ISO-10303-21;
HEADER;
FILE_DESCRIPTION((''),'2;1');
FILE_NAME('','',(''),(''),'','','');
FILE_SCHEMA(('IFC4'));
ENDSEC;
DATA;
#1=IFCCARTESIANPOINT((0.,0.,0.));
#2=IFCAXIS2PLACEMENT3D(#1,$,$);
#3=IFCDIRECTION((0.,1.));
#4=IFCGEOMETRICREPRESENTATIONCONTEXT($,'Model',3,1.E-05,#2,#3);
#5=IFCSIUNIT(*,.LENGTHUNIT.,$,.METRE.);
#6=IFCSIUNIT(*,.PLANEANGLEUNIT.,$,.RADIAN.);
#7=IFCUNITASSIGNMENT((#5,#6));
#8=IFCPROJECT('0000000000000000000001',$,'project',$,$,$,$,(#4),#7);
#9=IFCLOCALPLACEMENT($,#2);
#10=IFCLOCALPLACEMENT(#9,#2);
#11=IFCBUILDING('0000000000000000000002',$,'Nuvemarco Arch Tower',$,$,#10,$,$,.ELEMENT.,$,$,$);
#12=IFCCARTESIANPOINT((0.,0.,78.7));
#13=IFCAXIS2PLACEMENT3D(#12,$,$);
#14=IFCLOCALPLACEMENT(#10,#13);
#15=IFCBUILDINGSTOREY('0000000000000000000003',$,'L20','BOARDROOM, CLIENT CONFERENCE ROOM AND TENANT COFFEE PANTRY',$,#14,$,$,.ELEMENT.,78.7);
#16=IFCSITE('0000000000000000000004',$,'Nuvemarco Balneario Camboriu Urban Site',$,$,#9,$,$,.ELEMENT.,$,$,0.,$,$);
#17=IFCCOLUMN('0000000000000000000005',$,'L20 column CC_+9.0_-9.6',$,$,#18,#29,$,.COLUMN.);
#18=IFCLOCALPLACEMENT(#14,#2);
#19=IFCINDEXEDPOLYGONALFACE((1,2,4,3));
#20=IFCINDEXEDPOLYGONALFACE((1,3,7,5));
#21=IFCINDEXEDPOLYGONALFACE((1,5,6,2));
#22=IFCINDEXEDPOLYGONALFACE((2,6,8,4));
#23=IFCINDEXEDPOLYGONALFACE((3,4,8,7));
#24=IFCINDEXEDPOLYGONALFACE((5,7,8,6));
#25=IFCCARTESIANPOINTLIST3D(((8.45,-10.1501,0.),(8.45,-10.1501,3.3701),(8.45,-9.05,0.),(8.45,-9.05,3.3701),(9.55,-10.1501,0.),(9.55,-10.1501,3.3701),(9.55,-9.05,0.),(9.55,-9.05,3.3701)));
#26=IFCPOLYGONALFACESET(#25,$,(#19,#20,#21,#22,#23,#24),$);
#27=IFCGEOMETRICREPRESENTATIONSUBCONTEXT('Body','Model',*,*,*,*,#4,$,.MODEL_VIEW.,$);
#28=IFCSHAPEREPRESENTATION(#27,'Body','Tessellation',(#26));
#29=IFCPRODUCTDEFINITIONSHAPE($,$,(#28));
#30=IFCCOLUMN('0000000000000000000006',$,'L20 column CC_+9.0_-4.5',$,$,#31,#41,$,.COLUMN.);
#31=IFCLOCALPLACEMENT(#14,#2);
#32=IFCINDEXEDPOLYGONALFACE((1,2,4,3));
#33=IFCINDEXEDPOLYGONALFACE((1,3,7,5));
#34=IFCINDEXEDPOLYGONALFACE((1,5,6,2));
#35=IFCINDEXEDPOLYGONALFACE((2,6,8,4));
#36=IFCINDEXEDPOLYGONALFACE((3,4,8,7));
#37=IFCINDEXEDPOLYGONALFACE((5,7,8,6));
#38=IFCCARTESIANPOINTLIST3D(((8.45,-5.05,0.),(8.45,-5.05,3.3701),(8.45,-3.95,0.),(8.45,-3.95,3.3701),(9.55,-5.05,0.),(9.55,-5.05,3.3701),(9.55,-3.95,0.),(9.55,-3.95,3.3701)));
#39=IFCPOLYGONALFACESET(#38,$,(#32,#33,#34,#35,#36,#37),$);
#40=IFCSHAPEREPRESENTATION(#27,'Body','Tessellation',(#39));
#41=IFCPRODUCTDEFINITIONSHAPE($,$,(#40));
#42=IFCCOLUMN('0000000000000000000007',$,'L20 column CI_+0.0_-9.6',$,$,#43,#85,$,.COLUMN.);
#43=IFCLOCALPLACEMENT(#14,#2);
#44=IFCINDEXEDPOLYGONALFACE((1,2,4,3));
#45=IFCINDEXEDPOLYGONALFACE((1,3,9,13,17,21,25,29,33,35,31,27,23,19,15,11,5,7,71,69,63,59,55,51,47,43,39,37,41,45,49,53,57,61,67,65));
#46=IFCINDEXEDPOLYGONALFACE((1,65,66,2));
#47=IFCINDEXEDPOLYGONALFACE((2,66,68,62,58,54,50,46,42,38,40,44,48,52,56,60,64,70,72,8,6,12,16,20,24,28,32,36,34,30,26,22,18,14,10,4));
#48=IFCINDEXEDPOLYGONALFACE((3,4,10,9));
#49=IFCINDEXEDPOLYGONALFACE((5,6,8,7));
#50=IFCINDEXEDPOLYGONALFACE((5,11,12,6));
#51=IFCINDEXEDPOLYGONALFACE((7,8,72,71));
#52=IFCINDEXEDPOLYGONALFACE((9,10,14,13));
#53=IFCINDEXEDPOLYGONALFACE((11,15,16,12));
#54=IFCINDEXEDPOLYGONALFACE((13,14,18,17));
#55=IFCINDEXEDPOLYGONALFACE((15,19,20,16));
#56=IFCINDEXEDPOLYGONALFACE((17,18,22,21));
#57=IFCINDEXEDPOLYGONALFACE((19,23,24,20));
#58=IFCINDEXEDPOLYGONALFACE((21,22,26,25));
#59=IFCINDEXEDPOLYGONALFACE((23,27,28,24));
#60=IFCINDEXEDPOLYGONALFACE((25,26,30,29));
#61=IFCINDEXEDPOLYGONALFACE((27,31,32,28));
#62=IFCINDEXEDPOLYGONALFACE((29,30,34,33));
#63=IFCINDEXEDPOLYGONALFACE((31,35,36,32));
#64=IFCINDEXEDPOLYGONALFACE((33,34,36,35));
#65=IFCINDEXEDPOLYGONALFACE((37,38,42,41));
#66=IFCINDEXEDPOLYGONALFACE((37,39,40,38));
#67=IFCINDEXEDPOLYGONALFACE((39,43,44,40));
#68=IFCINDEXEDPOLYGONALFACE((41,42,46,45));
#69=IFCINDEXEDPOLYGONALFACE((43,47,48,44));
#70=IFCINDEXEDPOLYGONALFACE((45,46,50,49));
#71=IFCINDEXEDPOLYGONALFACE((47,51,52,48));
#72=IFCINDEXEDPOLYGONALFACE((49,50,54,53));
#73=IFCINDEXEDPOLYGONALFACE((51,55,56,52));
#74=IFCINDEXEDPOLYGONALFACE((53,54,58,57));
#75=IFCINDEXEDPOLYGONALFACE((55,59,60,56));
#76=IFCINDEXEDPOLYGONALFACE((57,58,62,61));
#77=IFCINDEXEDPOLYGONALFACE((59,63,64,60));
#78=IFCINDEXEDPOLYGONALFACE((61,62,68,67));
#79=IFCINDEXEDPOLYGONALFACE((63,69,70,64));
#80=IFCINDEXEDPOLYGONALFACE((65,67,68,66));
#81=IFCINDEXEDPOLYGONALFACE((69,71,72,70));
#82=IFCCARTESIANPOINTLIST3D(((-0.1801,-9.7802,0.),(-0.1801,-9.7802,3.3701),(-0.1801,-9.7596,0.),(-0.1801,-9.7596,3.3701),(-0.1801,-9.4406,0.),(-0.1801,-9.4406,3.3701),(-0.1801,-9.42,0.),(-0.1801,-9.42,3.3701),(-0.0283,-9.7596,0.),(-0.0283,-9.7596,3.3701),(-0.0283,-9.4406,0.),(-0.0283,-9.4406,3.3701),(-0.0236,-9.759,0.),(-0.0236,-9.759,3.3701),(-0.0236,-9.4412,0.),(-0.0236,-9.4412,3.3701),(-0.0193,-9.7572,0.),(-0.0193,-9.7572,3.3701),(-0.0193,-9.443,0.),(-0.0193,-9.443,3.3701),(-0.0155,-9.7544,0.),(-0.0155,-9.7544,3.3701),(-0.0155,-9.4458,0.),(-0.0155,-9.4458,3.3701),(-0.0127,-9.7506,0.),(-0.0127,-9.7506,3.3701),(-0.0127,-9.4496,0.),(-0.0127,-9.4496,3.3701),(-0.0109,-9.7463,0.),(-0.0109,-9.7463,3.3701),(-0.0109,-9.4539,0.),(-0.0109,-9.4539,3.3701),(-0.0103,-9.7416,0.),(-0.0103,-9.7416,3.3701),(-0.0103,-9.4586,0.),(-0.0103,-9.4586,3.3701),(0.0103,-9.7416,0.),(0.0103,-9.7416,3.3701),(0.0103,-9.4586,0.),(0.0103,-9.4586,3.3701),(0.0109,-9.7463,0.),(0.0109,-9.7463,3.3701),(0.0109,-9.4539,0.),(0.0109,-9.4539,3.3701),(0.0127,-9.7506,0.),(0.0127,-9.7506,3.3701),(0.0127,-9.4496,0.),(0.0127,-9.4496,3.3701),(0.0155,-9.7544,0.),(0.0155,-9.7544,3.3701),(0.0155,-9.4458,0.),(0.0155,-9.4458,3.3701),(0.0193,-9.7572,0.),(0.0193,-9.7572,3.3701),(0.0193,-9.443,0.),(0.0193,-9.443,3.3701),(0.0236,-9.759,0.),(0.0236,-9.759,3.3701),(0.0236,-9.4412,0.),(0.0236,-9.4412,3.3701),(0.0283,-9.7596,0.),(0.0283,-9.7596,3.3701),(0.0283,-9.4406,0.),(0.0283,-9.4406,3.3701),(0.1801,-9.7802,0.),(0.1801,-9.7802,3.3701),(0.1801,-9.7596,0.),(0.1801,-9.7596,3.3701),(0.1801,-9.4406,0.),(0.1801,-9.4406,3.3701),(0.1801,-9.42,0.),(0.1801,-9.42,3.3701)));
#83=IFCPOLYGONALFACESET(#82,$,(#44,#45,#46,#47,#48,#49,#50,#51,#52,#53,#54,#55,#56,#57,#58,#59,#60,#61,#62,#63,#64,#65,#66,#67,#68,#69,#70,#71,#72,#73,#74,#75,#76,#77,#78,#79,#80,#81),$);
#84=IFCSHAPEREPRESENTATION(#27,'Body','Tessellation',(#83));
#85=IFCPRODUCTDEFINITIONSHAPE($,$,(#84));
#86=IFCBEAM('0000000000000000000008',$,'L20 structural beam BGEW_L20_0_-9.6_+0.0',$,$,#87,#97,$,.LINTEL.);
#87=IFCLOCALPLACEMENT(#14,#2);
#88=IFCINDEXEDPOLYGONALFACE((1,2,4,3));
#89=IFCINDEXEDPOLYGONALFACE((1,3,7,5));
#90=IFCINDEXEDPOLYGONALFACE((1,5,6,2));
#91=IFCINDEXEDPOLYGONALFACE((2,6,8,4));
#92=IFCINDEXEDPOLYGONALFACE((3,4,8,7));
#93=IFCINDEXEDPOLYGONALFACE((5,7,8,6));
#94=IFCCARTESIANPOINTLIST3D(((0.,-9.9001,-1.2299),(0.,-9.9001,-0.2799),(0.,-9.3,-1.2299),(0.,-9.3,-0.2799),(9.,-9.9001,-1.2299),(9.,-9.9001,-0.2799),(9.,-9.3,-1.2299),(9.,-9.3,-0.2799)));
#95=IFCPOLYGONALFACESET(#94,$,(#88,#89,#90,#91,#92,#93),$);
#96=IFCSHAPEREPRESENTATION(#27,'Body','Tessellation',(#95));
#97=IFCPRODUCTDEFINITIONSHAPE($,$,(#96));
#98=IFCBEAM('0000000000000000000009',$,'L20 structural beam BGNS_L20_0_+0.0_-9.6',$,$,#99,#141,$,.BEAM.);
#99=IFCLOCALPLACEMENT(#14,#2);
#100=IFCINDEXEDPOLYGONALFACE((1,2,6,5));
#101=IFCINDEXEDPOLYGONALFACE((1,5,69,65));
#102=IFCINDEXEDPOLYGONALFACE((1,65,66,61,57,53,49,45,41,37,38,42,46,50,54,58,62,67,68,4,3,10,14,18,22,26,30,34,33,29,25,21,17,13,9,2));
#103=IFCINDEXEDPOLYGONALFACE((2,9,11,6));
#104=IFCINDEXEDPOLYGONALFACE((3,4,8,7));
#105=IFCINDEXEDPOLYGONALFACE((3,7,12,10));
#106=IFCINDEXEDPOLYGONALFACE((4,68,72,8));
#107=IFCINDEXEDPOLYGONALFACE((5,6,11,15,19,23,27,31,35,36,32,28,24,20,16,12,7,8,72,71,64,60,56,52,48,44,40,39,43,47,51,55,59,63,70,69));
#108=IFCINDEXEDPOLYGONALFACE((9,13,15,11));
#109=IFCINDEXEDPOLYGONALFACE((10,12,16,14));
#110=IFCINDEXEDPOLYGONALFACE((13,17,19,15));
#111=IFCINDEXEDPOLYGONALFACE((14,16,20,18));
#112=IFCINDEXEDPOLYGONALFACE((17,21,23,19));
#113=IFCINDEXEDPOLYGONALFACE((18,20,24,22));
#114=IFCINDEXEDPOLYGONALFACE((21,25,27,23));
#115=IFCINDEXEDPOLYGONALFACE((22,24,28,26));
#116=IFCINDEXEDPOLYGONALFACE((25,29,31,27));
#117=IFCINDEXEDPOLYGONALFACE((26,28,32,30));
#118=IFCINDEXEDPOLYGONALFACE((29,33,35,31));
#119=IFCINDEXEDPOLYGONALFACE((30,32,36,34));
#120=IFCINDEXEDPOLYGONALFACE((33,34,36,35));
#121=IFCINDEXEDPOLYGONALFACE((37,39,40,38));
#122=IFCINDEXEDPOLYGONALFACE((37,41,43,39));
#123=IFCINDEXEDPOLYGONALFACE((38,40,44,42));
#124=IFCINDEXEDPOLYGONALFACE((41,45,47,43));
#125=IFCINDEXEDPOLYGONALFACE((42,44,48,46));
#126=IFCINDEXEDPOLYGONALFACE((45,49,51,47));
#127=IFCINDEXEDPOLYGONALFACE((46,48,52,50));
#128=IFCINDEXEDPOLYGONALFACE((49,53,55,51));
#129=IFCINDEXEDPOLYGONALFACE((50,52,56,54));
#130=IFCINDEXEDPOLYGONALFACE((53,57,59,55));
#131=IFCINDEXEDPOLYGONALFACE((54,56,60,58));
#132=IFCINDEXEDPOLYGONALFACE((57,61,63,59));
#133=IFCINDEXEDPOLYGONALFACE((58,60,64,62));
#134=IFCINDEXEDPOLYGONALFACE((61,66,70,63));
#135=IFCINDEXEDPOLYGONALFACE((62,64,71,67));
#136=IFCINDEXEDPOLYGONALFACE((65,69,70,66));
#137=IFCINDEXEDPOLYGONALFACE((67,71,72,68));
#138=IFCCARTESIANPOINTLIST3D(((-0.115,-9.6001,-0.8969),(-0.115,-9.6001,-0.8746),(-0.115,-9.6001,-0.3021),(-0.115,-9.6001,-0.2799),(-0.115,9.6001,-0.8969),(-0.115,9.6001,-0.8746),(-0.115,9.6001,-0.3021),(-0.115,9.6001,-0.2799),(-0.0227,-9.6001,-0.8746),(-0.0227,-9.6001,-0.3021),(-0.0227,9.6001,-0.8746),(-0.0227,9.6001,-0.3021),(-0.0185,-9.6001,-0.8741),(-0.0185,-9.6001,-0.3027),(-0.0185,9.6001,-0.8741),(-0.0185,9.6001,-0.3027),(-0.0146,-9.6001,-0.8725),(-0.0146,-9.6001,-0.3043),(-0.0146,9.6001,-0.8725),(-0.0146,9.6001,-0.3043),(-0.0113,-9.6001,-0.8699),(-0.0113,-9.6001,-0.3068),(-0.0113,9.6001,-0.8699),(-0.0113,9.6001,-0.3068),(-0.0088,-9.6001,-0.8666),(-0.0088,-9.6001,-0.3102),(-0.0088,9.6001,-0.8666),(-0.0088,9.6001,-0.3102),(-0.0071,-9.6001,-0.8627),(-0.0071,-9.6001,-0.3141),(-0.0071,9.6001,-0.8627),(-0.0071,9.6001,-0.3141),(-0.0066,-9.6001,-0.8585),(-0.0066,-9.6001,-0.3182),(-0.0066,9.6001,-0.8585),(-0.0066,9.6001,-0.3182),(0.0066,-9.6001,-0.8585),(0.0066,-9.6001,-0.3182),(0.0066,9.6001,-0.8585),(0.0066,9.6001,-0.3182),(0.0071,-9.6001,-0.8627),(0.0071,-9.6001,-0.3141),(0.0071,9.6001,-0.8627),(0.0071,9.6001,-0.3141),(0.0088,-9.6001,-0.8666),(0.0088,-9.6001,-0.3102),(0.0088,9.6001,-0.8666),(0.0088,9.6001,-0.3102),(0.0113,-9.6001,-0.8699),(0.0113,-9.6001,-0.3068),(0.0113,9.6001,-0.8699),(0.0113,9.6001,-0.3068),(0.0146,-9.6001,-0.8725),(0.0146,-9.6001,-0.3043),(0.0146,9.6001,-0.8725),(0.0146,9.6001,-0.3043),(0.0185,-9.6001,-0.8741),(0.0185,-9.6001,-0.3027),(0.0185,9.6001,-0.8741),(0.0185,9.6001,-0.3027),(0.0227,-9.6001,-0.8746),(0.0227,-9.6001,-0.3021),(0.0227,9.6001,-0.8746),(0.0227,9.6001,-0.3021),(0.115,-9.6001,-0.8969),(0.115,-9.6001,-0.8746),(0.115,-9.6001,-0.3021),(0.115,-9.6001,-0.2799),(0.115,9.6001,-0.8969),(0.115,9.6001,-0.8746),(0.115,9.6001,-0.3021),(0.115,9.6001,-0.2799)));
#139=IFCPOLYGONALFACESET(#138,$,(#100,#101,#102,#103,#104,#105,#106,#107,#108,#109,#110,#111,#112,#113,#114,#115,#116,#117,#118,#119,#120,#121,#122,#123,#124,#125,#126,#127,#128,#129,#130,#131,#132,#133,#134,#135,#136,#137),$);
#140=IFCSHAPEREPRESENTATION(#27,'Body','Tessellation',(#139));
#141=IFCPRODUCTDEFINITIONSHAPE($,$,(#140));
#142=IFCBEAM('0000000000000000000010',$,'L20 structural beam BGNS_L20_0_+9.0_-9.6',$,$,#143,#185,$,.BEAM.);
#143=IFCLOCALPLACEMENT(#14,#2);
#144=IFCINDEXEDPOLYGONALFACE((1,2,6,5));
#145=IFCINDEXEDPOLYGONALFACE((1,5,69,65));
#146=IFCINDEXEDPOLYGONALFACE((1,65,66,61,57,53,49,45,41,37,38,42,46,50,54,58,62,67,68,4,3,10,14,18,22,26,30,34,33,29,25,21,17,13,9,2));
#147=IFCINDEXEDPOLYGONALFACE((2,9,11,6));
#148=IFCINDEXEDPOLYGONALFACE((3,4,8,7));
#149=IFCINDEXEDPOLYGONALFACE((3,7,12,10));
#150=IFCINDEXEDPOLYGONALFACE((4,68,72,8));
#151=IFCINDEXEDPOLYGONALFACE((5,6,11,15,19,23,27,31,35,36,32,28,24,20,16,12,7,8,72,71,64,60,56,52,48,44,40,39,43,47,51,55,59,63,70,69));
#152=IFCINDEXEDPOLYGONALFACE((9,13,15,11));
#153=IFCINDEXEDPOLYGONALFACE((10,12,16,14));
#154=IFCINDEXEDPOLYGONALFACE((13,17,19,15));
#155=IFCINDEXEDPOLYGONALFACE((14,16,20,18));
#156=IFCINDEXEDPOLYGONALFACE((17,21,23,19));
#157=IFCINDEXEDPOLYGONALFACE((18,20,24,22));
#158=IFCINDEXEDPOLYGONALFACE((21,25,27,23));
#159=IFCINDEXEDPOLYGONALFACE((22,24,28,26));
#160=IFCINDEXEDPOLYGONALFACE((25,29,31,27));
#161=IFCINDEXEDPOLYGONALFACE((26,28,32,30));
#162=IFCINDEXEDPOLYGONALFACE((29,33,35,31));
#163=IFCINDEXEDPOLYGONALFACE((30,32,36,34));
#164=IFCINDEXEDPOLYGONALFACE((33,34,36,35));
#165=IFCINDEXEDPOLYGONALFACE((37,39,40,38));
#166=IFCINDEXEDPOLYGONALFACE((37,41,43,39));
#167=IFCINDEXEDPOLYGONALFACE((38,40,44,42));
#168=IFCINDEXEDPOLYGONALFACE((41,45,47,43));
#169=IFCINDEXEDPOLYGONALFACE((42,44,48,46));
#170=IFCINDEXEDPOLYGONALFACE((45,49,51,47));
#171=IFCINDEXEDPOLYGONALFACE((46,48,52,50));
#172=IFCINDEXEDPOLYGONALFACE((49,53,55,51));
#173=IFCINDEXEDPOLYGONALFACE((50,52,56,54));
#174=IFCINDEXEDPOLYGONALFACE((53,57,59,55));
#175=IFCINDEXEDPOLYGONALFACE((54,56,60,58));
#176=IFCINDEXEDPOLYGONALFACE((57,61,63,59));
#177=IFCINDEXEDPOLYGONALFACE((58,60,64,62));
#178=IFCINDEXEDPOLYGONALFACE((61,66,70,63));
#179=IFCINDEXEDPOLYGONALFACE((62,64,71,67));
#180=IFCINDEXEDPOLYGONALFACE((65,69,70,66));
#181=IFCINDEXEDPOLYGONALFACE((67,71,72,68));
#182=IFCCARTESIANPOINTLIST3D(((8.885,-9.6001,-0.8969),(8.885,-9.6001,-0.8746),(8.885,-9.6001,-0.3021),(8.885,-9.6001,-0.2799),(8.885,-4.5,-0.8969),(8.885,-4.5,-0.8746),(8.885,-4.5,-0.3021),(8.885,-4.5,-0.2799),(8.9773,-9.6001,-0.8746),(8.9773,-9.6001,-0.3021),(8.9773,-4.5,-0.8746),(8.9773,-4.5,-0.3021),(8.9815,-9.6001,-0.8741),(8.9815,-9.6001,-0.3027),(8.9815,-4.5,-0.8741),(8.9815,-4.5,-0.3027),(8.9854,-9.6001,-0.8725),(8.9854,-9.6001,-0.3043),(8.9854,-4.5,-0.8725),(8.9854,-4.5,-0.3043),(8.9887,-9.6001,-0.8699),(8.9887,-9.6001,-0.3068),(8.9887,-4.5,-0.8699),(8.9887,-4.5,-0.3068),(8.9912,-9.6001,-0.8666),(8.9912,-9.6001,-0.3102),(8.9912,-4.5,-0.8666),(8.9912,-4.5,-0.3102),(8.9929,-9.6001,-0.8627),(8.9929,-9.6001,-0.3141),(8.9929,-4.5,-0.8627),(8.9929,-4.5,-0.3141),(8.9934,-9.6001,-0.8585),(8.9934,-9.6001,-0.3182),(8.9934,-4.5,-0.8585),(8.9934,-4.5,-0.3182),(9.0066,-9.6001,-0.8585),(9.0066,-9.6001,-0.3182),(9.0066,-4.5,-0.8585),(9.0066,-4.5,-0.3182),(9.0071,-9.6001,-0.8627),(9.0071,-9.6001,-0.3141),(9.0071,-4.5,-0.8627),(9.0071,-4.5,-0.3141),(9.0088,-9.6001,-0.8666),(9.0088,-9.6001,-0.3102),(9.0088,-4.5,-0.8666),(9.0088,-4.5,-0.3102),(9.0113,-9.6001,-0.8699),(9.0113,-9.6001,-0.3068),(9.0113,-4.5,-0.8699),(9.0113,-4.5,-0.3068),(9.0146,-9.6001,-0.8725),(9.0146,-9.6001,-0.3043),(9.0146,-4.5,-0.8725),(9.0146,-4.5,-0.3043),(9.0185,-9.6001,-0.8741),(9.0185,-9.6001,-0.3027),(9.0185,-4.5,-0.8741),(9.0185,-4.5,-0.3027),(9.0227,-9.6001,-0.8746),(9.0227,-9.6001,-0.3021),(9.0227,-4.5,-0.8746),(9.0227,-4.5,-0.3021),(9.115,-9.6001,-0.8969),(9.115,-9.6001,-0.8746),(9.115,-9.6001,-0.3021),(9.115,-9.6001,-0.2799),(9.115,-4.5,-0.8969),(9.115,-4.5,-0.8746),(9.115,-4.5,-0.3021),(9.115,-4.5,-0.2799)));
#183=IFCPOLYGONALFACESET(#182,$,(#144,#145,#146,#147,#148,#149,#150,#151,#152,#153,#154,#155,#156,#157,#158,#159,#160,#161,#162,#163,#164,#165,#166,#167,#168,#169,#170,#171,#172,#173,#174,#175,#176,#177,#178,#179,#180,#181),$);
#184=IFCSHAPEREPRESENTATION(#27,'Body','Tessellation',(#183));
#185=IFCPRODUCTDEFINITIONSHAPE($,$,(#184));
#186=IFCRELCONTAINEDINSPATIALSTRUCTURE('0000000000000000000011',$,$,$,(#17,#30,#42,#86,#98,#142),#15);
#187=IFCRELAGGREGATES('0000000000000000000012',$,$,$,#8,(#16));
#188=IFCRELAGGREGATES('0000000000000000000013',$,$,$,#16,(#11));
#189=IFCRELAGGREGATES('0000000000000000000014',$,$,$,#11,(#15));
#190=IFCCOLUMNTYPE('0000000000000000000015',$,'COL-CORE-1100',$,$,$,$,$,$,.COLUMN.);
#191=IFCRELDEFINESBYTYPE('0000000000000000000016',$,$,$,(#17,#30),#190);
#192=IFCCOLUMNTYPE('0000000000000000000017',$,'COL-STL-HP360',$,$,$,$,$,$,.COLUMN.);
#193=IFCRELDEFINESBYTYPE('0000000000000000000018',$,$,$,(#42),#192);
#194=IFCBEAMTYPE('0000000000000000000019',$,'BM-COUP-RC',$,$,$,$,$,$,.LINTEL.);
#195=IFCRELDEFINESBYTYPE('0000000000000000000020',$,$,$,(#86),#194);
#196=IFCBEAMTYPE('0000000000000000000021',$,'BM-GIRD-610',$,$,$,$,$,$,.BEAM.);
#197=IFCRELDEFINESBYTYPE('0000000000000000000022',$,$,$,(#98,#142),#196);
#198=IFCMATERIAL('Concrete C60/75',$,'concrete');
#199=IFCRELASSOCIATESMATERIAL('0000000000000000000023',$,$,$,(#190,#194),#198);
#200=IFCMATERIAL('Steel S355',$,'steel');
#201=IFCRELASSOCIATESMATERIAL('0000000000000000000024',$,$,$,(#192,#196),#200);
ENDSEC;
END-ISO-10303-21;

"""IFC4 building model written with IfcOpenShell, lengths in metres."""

from ifc_helpers import new_model, si_unit, direction, frame, origin, origin_2d, place, context, subcontext, project, spatial, rectangle, i_section, extrude, material, material_profile, profile_set, type_object, element, save


model = new_model("IFC4")

# Units and contexts
model_context = context("Model", 3, precision=1e-05, world=origin(), true_north=direction((0.0, 1.0)))
body_context = subcontext(model_context, "Body", "Model", "MODEL_VIEW")
ifc_project = project(units=[si_unit("LENGTHUNIT", "METRE"), si_unit("PLANEANGLEUNIT", "RADIAN")], contexts=[model_context])

# Site, building, storey
site_placement = place(None, origin())
site = spatial("IfcSite", under=ifc_project, at=site_placement, Name="Nuvemarco Balneario Camboriu Urban Site", CompositionType="ELEMENT", RefElevation=0.0)
building_placement = place(site_placement, origin())
building = spatial("IfcBuilding", under=site, at=building_placement, Name="Nuvemarco Arch Tower", CompositionType="ELEMENT")
storey_placement = place(building_placement, frame((0.0, 0.0, 78.7)))
storey = spatial("IfcBuildingStorey", under=building, at=storey_placement, Name="L20", Description="BOARDROOM, CLIENT CONFERENCE ROOM AND TENANT COFFEE PANTRY", CompositionType="ELEMENT", Elevation=78.7)

# Columns
ifc_material_1 = material(Name="Concrete C60/75", Category="concrete")
ifc_material_profile_1 = material_profile(ifc_material_1, rectangle(XDim=1.1001, YDim=1.1001, at=origin_2d()), Name="RC-COL-1100x1100")
ifc_profile_set_1 = profile_set([ifc_material_profile_1], Name="Concrete C60/75")
column_type_1 = type_object("IfcColumnType", Name="COL-CORE-1100", PredefinedType="COLUMN", material=ifc_profile_set_1)
for number, where, z_axis, x_axis, name in (
    (1, (9.0, -9.6001, 0.0), (0.0, 0.0, 1.0), (1.0, 0.0, 0.0), "L20 column CC_+9.0_-9.6"),
    (2, (9.0, -4.5, 0.0), (0.0, 0.0, 1.0), (1.0, 0.0, 0.0), "L20 column CC_+9.0_-4.5"),
):
    element("IfcColumn", number, at=place(storey_placement, frame(where, z_axis=z_axis, x_axis=x_axis)), inside=storey, type_object=column_type_1, Name=name, PredefinedType="COLUMN", context=body_context, shape_type="SweptSolid", body=[
        extrude(rectangle(XDim=1.1001, YDim=1.1001, at=origin_2d()), origin(), (0.0, 0.0, 1.0), 3.3701),
    ])
ifc_material_2 = material(Name="Steel S355", Category="steel")
ifc_material_profile_2 = material_profile(ifc_material_2, i_section(OverallWidth=0.3601, OverallDepth=0.3601, WebThickness=0.0205, FlangeThickness=0.0205, FilletRadius=0.0181, at=origin_2d()), Name="HP360x174")
ifc_profile_set_2 = profile_set([ifc_material_profile_2], Name="Steel S355")
column_type_2 = type_object("IfcColumnType", Name="COL-STL-HP360", PredefinedType="COLUMN", material=ifc_profile_set_2)
column_placement = place(storey_placement, frame((0.0, -9.6001, 0.0), z_axis=(0.0, 0.0, 1.0), x_axis=(1.0, 0.0, 0.0)))
element("IfcColumn", 3, at=column_placement, inside=storey, type_object=column_type_2, Name="L20 column CI_+0.0_-9.6", PredefinedType="COLUMN", context=body_context, shape_type="SweptSolid", body=[
    extrude(i_section(OverallWidth=0.3601, OverallDepth=0.3601, WebThickness=0.0205, FlangeThickness=0.0205, FilletRadius=0.0181, at=origin_2d()), origin(), (0.0, 0.0, 1.0), 3.3701),
])

# Beams
ifc_material_profile_3 = material_profile(ifc_material_1, rectangle(XDim=0.6001, YDim=0.95, at=origin_2d()), Name="RC-BM-600x950")
ifc_profile_set_3 = profile_set([ifc_material_profile_3], Name="Concrete C60/75")
beam_type_1 = type_object("IfcBeamType", Name="BM-COUP-RC", PredefinedType="LINTEL", material=ifc_profile_set_3)
beam_1_placement = place(storey_placement, frame((0.0, -9.6001, -0.7549), z_axis=(1.0, 0.0, 0.0), x_axis=(0.0, 1.0, 0.0)))
element("IfcBeam", 4, at=beam_1_placement, inside=storey, type_object=beam_type_1, Name="L20 structural beam BGEW_L20_0_-9.6_+0.0", PredefinedType="LINTEL", context=body_context, shape_type="SweptSolid", body=[
    extrude(rectangle(XDim=0.6001, YDim=0.95, at=origin_2d()), origin(), (0.0, 0.0, 1.0), 9.0),
])
ifc_material_profile_4 = material_profile(ifc_material_2, i_section(OverallWidth=0.23, OverallDepth=0.6169, WebThickness=0.0132, FlangeThickness=0.0222, FilletRadius=0.0161, at=origin_2d()), Name="W610x140")
ifc_profile_set_4 = profile_set([ifc_material_profile_4], Name="Steel S355")
beam_type_2 = type_object("IfcBeamType", Name="BM-GIRD-610", PredefinedType="BEAM", material=ifc_profile_set_4)
beam_2_placement = place(storey_placement, frame((0.0, -9.6001, -0.5884), z_axis=(0.0, 1.0, 0.0), x_axis=(-1.0, 0.0, 0.0)))
element("IfcBeam", 5, at=beam_2_placement, inside=storey, type_object=beam_type_2, Name="L20 structural beam BGNS_L20_0_+0.0_-9.6", PredefinedType="BEAM", context=body_context, shape_type="SweptSolid", body=[
    extrude(i_section(OverallWidth=0.23, OverallDepth=0.6169, WebThickness=0.0132, FlangeThickness=0.0222, FilletRadius=0.0161, at=origin_2d()), origin(), (0.0, 0.0, 1.0), 19.2002),
])
beam_3_placement = place(storey_placement, frame((9.0, -9.6001, -0.5884), z_axis=(0.0, 1.0, 0.0), x_axis=(-1.0, 0.0, 0.0)))
element("IfcBeam", 6, at=beam_3_placement, inside=storey, type_object=beam_type_2, Name="L20 structural beam BGNS_L20_0_+9.0_-9.6", PredefinedType="BEAM", context=body_context, shape_type="SweptSolid", body=[
    extrude(i_section(OverallWidth=0.23, OverallDepth=0.6169, WebThickness=0.0132, FlangeThickness=0.0222, FilletRadius=0.0161, at=origin_2d()), origin(), (0.0, 0.0, 1.0), 5.1001),
])

save(model, "model.ifc")
